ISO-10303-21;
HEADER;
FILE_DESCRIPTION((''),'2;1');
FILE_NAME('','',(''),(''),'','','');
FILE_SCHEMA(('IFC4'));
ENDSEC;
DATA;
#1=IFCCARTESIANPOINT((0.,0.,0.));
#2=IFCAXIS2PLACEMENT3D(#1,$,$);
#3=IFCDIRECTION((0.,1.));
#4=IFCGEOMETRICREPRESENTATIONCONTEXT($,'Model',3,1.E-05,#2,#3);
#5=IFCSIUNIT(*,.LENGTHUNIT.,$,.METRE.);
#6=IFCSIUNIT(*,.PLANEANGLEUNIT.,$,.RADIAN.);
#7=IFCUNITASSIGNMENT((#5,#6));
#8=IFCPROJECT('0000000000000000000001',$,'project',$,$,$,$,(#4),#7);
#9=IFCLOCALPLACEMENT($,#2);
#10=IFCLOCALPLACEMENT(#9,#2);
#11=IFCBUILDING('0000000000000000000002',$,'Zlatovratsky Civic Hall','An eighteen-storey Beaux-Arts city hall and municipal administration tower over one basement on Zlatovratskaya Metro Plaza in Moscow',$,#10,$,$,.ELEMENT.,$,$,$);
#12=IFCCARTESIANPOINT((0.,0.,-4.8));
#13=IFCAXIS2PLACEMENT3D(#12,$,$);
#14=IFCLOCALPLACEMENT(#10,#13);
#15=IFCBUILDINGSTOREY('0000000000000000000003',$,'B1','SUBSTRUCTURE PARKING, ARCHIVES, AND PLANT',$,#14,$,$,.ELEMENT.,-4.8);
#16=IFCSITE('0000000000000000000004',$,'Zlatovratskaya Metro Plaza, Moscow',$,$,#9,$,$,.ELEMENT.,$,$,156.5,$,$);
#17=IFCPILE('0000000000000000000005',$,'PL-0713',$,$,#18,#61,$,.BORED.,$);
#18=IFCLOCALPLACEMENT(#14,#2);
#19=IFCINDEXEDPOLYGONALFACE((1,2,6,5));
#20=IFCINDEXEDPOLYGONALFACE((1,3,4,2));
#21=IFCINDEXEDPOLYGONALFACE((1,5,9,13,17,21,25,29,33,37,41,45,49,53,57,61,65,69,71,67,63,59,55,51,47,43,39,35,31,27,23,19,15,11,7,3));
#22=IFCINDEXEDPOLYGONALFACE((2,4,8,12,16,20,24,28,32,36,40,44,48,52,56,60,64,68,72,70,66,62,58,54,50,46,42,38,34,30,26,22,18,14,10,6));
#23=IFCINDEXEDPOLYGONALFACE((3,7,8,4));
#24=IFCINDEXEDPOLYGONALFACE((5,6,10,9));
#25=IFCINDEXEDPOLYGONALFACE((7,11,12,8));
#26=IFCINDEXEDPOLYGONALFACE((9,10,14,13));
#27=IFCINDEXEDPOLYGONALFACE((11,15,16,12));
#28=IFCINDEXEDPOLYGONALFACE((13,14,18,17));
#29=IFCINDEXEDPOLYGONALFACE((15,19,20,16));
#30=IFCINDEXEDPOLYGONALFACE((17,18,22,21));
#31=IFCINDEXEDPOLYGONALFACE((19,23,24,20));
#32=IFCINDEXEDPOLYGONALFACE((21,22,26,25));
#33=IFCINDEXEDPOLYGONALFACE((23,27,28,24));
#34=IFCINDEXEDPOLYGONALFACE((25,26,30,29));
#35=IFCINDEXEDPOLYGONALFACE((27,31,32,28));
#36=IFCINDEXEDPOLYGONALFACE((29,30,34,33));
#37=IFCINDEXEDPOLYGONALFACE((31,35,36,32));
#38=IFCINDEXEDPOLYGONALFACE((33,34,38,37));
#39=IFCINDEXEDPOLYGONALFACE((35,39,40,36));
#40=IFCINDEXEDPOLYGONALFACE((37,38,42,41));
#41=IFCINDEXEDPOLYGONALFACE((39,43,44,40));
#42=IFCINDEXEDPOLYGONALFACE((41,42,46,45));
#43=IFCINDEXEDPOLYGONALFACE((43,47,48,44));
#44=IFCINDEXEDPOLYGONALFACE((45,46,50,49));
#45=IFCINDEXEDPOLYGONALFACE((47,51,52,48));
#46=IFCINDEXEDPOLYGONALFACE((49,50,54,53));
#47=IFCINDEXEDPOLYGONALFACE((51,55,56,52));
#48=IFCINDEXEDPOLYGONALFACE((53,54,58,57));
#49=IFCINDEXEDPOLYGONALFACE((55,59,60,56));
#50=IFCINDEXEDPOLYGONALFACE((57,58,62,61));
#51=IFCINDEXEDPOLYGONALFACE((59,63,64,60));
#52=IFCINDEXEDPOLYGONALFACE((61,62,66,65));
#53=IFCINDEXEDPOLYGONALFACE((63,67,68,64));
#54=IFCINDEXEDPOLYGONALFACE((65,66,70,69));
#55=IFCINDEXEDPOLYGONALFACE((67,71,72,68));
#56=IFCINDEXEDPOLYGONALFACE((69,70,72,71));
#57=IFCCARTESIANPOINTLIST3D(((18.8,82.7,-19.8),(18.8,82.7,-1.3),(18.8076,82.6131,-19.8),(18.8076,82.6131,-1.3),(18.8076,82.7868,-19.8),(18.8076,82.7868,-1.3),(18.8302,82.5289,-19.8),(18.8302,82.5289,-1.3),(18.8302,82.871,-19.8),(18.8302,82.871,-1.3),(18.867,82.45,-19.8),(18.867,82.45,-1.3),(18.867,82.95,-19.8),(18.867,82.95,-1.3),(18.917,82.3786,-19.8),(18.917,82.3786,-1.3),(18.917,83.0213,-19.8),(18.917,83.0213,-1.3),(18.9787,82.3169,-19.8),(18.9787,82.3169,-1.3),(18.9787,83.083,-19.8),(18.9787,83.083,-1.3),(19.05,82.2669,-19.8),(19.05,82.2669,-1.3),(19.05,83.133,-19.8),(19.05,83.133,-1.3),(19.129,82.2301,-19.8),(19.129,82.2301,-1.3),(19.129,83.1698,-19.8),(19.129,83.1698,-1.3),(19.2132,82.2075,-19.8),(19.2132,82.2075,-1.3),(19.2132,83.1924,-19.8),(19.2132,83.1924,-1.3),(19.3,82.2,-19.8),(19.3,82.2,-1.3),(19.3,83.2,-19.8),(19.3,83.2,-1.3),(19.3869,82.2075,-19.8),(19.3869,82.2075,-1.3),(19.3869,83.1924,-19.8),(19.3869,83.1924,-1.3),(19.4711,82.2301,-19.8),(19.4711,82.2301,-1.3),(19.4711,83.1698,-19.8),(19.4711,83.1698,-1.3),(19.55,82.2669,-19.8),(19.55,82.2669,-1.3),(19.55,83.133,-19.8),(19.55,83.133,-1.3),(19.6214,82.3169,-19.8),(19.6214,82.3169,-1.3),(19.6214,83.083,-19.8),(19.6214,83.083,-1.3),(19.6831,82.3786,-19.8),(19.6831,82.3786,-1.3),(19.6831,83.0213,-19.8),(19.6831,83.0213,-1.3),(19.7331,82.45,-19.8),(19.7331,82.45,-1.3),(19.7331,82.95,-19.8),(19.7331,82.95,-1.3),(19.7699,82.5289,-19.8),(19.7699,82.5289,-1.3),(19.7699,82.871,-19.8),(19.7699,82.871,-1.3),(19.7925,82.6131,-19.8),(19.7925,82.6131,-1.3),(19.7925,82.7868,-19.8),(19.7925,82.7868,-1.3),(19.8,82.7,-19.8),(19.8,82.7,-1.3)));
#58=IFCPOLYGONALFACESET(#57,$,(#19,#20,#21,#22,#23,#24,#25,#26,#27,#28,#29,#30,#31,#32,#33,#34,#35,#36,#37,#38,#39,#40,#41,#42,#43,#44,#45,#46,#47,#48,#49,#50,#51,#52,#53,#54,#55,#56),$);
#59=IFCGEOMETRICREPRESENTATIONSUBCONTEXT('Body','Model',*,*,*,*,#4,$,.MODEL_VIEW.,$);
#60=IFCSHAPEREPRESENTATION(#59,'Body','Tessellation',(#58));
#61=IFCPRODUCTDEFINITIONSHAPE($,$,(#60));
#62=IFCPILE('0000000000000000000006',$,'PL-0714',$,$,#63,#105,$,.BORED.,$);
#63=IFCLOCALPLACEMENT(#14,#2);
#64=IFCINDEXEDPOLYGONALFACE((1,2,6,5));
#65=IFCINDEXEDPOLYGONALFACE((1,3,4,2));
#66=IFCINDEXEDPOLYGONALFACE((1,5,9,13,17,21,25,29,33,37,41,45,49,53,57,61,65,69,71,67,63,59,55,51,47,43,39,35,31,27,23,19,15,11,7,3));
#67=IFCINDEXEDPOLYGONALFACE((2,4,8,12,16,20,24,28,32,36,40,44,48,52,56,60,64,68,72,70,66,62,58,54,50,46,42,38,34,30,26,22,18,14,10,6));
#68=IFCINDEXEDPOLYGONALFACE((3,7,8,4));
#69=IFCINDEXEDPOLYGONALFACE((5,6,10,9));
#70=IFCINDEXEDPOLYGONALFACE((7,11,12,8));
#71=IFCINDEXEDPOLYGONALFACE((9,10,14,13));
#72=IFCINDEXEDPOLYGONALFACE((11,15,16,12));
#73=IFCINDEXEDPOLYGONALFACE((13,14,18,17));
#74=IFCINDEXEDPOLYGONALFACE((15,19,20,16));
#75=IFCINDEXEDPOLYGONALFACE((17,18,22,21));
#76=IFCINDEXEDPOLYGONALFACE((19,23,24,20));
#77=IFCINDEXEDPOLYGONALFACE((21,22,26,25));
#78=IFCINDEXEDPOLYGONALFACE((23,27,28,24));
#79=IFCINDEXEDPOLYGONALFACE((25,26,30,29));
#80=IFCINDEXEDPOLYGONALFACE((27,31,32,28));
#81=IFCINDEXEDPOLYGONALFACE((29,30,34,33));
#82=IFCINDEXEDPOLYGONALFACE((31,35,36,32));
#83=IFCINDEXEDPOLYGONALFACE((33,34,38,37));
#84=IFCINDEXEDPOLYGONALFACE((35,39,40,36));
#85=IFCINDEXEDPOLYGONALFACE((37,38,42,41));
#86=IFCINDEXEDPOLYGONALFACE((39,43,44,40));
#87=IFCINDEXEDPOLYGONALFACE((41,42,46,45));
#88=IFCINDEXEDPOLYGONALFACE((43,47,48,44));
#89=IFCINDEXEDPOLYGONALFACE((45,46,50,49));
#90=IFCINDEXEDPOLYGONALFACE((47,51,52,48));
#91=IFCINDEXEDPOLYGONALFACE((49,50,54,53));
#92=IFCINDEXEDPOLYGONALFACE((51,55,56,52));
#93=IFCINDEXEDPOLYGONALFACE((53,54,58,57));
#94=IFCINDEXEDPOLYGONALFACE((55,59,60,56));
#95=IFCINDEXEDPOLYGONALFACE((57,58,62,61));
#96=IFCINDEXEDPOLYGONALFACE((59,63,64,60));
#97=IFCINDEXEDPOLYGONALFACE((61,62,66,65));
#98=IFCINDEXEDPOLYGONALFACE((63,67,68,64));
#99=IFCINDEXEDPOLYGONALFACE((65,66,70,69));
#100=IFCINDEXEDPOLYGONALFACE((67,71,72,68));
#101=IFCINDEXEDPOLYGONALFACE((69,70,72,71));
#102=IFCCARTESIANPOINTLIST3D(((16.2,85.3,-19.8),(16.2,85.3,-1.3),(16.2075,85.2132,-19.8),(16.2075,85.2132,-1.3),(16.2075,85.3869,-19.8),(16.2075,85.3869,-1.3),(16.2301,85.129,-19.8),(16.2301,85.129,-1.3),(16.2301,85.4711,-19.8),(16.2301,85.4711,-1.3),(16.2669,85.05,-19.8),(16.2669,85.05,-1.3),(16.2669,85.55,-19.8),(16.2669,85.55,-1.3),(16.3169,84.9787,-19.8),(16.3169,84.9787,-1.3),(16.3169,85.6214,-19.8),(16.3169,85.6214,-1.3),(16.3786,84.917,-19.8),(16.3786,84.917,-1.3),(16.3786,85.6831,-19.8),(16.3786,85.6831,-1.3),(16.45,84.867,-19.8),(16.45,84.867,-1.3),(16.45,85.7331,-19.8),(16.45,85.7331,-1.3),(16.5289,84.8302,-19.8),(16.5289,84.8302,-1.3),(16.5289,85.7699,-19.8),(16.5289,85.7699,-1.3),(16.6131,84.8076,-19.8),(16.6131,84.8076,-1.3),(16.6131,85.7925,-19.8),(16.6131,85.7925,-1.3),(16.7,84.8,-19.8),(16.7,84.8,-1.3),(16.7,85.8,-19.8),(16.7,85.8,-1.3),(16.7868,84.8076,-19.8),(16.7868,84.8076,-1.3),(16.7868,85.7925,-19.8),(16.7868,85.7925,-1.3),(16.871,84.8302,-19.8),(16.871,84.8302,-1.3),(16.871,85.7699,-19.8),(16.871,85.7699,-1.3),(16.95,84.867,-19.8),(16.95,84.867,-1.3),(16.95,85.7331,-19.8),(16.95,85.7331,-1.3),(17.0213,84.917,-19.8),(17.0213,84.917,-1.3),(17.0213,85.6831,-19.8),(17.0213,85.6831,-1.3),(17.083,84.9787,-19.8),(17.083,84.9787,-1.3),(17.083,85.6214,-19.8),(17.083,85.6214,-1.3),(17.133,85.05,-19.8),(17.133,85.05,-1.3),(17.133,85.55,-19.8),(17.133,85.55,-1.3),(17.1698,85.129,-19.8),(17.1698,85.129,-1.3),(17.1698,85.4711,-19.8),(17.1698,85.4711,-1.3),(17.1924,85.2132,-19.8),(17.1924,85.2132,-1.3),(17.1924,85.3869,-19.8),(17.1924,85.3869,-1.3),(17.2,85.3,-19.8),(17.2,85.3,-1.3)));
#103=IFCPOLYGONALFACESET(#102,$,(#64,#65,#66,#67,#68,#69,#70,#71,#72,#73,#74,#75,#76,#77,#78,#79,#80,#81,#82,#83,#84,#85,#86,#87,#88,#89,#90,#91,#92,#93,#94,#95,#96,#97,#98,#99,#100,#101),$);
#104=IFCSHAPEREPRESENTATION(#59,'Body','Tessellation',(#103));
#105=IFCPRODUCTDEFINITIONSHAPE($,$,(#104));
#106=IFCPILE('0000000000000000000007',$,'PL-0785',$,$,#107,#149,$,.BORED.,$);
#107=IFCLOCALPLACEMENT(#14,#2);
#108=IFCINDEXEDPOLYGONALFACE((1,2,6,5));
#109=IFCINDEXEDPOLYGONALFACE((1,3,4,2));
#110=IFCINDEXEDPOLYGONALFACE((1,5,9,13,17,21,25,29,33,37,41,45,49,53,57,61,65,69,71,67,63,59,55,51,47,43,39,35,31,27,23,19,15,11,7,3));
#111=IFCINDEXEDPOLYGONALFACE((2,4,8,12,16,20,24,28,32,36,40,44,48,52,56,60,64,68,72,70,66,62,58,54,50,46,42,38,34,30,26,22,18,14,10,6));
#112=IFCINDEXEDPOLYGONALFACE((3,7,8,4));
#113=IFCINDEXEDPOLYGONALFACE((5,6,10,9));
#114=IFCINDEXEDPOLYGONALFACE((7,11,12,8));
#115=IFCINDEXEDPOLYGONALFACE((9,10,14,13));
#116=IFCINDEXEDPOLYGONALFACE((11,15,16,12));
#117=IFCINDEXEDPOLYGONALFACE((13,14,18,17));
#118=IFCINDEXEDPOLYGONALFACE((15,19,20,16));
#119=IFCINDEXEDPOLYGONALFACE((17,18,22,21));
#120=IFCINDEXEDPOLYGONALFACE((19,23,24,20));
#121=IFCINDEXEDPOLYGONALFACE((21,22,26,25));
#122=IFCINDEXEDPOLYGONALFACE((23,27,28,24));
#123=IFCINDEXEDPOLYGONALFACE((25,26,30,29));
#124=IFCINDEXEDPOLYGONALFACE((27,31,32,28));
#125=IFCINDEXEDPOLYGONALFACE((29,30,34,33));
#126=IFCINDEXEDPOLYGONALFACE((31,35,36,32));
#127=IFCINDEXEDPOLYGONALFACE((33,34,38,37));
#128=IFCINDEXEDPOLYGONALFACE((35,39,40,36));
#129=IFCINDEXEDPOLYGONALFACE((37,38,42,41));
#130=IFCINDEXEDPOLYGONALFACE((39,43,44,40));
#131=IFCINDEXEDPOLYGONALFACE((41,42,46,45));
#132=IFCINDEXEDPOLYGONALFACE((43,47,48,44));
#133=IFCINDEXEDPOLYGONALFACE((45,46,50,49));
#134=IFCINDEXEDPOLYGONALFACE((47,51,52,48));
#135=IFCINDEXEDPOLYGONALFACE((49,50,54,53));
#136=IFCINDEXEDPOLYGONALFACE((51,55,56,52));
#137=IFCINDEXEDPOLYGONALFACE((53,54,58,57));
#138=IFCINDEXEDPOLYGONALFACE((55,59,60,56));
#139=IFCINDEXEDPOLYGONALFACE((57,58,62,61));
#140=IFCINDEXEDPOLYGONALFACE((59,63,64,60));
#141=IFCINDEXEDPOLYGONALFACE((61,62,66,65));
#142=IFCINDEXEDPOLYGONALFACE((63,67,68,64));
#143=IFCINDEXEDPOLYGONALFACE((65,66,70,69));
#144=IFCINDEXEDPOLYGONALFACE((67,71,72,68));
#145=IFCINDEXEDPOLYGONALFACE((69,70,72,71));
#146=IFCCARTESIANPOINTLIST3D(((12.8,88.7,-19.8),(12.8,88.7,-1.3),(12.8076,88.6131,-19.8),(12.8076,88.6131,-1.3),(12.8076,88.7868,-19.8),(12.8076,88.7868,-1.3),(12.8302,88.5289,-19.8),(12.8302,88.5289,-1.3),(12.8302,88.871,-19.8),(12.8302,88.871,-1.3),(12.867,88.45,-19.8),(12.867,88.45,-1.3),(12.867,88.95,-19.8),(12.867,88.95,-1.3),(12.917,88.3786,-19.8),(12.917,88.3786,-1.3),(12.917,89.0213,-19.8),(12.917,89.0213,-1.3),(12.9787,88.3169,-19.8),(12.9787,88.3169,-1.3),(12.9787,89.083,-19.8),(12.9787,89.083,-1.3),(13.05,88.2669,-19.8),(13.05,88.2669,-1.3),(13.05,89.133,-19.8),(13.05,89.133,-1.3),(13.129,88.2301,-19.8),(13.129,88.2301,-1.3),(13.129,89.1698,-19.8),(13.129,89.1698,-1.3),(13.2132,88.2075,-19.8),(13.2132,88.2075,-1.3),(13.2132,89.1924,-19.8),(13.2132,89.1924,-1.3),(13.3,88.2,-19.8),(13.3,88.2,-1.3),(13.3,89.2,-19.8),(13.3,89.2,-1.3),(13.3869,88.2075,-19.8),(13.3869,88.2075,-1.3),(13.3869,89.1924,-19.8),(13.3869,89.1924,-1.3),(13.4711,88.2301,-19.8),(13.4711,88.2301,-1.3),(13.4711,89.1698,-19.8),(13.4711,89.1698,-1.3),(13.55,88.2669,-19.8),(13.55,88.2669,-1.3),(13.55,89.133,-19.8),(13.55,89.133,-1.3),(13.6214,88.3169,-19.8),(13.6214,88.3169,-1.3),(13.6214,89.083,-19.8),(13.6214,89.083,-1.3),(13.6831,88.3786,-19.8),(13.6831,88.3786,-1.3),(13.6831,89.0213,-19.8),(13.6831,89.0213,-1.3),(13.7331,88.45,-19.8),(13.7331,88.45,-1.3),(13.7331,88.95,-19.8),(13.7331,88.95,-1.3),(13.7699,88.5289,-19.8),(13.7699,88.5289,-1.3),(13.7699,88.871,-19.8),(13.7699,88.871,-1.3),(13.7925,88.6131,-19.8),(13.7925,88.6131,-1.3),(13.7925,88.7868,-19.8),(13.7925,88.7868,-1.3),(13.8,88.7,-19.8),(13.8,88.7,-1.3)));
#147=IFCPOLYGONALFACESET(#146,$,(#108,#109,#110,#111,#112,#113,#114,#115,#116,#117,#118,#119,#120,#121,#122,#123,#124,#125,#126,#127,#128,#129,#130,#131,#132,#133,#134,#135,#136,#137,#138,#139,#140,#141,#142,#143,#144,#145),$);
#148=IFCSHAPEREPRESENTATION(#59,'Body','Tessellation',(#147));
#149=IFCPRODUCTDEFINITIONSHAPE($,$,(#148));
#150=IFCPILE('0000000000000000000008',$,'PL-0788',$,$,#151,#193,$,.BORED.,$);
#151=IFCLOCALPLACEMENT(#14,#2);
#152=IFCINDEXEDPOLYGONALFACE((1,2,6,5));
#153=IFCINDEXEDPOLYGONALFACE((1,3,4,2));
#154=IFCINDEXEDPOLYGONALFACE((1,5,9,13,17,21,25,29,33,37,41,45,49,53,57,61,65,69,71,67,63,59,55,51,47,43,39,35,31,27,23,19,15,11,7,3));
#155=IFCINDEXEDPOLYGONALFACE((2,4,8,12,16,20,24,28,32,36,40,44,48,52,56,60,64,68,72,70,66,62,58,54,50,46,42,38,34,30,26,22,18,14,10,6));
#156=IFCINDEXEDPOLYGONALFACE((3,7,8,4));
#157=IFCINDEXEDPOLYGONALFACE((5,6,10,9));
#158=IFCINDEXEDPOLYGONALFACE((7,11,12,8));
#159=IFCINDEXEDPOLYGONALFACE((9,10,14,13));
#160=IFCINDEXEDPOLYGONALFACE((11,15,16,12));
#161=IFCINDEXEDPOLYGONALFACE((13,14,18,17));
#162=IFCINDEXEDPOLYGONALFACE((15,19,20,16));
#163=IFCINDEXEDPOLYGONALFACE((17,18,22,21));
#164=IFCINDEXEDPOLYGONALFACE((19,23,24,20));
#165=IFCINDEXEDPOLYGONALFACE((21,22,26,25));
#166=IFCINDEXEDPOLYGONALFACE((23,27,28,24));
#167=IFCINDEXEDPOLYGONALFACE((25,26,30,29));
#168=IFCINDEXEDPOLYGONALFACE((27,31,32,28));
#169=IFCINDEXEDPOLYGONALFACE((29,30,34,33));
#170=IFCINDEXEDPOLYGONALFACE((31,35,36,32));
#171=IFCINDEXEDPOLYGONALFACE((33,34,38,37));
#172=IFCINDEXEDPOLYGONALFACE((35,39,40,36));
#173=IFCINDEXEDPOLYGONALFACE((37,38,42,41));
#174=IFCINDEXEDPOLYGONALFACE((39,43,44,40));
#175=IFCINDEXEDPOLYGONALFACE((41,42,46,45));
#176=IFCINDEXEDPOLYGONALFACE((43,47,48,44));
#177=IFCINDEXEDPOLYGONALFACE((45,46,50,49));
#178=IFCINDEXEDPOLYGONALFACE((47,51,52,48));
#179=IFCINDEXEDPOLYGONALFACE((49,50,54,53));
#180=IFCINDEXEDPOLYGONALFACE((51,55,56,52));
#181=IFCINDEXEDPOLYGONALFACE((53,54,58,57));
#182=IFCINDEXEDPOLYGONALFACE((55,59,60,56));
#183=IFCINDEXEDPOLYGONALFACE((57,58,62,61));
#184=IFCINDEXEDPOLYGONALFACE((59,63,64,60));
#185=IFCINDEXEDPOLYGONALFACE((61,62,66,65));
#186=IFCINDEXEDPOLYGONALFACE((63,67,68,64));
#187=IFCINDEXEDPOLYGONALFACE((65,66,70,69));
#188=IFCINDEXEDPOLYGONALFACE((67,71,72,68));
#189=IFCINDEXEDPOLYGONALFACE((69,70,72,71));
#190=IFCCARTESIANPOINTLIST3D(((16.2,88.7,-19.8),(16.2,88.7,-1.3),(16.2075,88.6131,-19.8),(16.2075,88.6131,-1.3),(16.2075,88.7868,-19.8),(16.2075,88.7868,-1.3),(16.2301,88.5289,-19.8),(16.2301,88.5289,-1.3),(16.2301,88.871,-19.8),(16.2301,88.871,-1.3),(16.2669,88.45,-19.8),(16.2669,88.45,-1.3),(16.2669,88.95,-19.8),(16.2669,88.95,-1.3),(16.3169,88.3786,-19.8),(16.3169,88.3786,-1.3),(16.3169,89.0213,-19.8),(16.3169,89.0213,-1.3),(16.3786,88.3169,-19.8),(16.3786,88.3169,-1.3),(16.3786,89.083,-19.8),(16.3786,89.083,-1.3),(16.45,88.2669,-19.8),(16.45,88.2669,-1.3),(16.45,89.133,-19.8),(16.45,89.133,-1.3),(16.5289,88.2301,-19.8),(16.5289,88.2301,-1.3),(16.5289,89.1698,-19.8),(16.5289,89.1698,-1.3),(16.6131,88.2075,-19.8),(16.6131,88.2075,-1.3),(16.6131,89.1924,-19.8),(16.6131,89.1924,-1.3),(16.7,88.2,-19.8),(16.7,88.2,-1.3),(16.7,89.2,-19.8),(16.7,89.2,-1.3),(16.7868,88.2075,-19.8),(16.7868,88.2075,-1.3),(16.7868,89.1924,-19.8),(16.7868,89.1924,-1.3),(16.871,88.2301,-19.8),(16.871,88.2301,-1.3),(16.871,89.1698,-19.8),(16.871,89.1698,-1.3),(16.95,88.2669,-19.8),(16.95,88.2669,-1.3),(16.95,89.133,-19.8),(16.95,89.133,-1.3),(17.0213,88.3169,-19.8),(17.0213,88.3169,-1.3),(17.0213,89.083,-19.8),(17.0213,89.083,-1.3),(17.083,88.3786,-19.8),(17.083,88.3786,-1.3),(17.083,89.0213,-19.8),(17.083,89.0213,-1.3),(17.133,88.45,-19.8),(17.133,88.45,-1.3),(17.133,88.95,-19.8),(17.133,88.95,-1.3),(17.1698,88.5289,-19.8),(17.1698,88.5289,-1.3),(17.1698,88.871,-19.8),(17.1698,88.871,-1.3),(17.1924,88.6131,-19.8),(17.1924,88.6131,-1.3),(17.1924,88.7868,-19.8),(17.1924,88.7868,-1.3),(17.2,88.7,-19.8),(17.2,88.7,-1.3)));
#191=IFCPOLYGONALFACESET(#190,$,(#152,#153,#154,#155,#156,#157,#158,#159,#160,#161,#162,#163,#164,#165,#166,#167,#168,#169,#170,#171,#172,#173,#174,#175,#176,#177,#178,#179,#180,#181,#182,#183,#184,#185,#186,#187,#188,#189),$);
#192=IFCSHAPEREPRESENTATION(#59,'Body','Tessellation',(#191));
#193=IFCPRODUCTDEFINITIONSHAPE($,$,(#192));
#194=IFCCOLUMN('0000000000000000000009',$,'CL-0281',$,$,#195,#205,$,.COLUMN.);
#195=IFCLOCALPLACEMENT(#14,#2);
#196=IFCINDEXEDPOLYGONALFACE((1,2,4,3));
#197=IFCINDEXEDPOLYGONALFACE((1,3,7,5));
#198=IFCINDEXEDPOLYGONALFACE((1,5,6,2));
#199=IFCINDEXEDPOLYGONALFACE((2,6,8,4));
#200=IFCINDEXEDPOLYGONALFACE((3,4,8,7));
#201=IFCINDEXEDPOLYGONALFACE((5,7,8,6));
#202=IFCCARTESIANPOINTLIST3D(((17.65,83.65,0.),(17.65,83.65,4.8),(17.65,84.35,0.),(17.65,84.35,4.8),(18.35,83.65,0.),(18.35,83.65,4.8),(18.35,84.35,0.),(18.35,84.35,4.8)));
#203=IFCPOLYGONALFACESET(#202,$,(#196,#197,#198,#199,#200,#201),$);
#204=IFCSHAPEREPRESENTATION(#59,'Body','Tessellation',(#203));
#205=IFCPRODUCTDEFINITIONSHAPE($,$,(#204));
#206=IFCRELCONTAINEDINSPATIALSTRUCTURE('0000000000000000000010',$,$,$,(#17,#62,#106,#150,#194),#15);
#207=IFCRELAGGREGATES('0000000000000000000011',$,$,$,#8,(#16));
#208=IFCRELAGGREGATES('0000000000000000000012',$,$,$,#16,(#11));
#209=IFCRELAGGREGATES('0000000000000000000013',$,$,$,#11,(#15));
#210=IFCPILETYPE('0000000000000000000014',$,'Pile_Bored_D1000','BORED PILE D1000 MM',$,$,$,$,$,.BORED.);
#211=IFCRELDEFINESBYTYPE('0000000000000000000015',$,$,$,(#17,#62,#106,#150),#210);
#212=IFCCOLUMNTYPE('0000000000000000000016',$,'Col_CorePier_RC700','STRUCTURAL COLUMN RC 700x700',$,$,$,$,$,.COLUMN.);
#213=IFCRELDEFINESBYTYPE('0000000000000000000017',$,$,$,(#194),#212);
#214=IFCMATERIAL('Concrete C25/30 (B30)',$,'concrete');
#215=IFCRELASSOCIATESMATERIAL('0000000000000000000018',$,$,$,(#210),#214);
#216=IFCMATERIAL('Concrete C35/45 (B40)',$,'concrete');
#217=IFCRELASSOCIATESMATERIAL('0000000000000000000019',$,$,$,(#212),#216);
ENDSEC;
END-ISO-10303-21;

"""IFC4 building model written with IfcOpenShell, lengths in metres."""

from ifc_helpers import new_model, si_unit, direction, frame, origin, origin_2d, place, context, subcontext, project, spatial, rectangle, circle, extrude, material, material_profile, profile_set, type_object, element, save


model = new_model("IFC4")

# Units and contexts
model_context = context("Model", 3, precision=1e-05, world=origin(), true_north=direction((0.0, 1.0)))
body_context = subcontext(model_context, "Body", "Model", "MODEL_VIEW")
ifc_project = project(units=[si_unit("LENGTHUNIT", "METRE"), si_unit("PLANEANGLEUNIT", "RADIAN")], contexts=[model_context])

# Site, building, storey
site_placement = place(None, origin())
site = spatial("IfcSite", under=ifc_project, at=site_placement, Name="Zlatovratskaya Metro Plaza, Moscow", CompositionType="ELEMENT", RefElevation=156.5)
building_placement = place(site_placement, origin())
building = spatial("IfcBuilding", under=site, at=building_placement, Name="Zlatovratsky Civic Hall", Description="An eighteen-storey Beaux-Arts city hall and municipal administration tower over one basement on Zlatovratskaya Metro Plaza in Moscow", CompositionType="ELEMENT")
storey_placement = place(building_placement, frame((0.0, 0.0, -4.8)))
storey = spatial("IfcBuildingStorey", under=building, at=storey_placement, Name="B1", Description="SUBSTRUCTURE PARKING, ARCHIVES, AND PLANT", CompositionType="ELEMENT", Elevation=-4.8)

# Shared definitions
ifc_material_1 = material(Name="Concrete C25/30 (B30)", Category="concrete")

# Piles
ifc_material_profile_1 = material_profile(ifc_material_1, circle(Radius=0.5, at=origin_2d()), Name="PILE D1000")
ifc_profile_set_1 = profile_set([ifc_material_profile_1], Name="Concrete C25/30 (B30)")
pile_type = type_object("IfcPileType", Name="Pile_Bored_D1000", Description="BORED PILE D1000 MM", PredefinedType="BORED", material=ifc_profile_set_1)
for number, where, z_axis, x_axis, name in (
    (1, (19.3, 82.7, -1.3), (0.0, 0.0, -1.0), (1.0, 0.0, 0.0), "PL-0713"),
    (2, (16.7, 85.3, -1.3), (0.0, 0.0, -1.0), (1.0, 0.0, 0.0), "PL-0714"),
    (3, (13.3, 88.7, -1.3), (0.0, 0.0, -1.0), (1.0, 0.0, 0.0), "PL-0785"),
    (4, (16.7, 88.7, -1.3), (0.0, 0.0, -1.0), (1.0, 0.0, 0.0), "PL-0788"),
):
    element("IfcPile", number, at=place(storey_placement, frame(where, z_axis=z_axis, x_axis=x_axis)), inside=storey, type_object=pile_type, Name=name, PredefinedType="BORED", context=body_context, shape_type="SweptSolid", body=[
        extrude(circle(Radius=0.5, at=origin_2d()), origin(), (0.0, 0.0, 1.0), 18.5),
    ])

# Column
ifc_material_2 = material(Name="Concrete C35/45 (B40)", Category="concrete")
ifc_material_profile_2 = material_profile(ifc_material_2, rectangle(XDim=0.7, YDim=0.7, at=origin_2d()), Name="RC 700x700")
ifc_profile_set_2 = profile_set([ifc_material_profile_2], Name="Concrete C35/45 (B40)")
column_type = type_object("IfcColumnType", Name="Col_CorePier_RC700", Description="STRUCTURAL COLUMN RC 700x700", PredefinedType="COLUMN", material=ifc_profile_set_2)
for number, where, z_axis, x_axis, name in (
    (5, (18.0, 84.0, 0.0), (0.0, 0.0, 1.0), (1.0, 0.0, 0.0), "CL-0281"),
):
    element("IfcColumn", number, at=place(storey_placement, frame(where, z_axis=z_axis, x_axis=x_axis)), inside=storey, type_object=column_type, Name=name, PredefinedType="COLUMN", context=body_context, shape_type="SweptSolid", body=[
        extrude(rectangle(XDim=0.7, YDim=0.7, at=origin_2d()), origin(), (0.0, 0.0, 1.0), 4.8),
    ])

save(model, "model.ifc")
